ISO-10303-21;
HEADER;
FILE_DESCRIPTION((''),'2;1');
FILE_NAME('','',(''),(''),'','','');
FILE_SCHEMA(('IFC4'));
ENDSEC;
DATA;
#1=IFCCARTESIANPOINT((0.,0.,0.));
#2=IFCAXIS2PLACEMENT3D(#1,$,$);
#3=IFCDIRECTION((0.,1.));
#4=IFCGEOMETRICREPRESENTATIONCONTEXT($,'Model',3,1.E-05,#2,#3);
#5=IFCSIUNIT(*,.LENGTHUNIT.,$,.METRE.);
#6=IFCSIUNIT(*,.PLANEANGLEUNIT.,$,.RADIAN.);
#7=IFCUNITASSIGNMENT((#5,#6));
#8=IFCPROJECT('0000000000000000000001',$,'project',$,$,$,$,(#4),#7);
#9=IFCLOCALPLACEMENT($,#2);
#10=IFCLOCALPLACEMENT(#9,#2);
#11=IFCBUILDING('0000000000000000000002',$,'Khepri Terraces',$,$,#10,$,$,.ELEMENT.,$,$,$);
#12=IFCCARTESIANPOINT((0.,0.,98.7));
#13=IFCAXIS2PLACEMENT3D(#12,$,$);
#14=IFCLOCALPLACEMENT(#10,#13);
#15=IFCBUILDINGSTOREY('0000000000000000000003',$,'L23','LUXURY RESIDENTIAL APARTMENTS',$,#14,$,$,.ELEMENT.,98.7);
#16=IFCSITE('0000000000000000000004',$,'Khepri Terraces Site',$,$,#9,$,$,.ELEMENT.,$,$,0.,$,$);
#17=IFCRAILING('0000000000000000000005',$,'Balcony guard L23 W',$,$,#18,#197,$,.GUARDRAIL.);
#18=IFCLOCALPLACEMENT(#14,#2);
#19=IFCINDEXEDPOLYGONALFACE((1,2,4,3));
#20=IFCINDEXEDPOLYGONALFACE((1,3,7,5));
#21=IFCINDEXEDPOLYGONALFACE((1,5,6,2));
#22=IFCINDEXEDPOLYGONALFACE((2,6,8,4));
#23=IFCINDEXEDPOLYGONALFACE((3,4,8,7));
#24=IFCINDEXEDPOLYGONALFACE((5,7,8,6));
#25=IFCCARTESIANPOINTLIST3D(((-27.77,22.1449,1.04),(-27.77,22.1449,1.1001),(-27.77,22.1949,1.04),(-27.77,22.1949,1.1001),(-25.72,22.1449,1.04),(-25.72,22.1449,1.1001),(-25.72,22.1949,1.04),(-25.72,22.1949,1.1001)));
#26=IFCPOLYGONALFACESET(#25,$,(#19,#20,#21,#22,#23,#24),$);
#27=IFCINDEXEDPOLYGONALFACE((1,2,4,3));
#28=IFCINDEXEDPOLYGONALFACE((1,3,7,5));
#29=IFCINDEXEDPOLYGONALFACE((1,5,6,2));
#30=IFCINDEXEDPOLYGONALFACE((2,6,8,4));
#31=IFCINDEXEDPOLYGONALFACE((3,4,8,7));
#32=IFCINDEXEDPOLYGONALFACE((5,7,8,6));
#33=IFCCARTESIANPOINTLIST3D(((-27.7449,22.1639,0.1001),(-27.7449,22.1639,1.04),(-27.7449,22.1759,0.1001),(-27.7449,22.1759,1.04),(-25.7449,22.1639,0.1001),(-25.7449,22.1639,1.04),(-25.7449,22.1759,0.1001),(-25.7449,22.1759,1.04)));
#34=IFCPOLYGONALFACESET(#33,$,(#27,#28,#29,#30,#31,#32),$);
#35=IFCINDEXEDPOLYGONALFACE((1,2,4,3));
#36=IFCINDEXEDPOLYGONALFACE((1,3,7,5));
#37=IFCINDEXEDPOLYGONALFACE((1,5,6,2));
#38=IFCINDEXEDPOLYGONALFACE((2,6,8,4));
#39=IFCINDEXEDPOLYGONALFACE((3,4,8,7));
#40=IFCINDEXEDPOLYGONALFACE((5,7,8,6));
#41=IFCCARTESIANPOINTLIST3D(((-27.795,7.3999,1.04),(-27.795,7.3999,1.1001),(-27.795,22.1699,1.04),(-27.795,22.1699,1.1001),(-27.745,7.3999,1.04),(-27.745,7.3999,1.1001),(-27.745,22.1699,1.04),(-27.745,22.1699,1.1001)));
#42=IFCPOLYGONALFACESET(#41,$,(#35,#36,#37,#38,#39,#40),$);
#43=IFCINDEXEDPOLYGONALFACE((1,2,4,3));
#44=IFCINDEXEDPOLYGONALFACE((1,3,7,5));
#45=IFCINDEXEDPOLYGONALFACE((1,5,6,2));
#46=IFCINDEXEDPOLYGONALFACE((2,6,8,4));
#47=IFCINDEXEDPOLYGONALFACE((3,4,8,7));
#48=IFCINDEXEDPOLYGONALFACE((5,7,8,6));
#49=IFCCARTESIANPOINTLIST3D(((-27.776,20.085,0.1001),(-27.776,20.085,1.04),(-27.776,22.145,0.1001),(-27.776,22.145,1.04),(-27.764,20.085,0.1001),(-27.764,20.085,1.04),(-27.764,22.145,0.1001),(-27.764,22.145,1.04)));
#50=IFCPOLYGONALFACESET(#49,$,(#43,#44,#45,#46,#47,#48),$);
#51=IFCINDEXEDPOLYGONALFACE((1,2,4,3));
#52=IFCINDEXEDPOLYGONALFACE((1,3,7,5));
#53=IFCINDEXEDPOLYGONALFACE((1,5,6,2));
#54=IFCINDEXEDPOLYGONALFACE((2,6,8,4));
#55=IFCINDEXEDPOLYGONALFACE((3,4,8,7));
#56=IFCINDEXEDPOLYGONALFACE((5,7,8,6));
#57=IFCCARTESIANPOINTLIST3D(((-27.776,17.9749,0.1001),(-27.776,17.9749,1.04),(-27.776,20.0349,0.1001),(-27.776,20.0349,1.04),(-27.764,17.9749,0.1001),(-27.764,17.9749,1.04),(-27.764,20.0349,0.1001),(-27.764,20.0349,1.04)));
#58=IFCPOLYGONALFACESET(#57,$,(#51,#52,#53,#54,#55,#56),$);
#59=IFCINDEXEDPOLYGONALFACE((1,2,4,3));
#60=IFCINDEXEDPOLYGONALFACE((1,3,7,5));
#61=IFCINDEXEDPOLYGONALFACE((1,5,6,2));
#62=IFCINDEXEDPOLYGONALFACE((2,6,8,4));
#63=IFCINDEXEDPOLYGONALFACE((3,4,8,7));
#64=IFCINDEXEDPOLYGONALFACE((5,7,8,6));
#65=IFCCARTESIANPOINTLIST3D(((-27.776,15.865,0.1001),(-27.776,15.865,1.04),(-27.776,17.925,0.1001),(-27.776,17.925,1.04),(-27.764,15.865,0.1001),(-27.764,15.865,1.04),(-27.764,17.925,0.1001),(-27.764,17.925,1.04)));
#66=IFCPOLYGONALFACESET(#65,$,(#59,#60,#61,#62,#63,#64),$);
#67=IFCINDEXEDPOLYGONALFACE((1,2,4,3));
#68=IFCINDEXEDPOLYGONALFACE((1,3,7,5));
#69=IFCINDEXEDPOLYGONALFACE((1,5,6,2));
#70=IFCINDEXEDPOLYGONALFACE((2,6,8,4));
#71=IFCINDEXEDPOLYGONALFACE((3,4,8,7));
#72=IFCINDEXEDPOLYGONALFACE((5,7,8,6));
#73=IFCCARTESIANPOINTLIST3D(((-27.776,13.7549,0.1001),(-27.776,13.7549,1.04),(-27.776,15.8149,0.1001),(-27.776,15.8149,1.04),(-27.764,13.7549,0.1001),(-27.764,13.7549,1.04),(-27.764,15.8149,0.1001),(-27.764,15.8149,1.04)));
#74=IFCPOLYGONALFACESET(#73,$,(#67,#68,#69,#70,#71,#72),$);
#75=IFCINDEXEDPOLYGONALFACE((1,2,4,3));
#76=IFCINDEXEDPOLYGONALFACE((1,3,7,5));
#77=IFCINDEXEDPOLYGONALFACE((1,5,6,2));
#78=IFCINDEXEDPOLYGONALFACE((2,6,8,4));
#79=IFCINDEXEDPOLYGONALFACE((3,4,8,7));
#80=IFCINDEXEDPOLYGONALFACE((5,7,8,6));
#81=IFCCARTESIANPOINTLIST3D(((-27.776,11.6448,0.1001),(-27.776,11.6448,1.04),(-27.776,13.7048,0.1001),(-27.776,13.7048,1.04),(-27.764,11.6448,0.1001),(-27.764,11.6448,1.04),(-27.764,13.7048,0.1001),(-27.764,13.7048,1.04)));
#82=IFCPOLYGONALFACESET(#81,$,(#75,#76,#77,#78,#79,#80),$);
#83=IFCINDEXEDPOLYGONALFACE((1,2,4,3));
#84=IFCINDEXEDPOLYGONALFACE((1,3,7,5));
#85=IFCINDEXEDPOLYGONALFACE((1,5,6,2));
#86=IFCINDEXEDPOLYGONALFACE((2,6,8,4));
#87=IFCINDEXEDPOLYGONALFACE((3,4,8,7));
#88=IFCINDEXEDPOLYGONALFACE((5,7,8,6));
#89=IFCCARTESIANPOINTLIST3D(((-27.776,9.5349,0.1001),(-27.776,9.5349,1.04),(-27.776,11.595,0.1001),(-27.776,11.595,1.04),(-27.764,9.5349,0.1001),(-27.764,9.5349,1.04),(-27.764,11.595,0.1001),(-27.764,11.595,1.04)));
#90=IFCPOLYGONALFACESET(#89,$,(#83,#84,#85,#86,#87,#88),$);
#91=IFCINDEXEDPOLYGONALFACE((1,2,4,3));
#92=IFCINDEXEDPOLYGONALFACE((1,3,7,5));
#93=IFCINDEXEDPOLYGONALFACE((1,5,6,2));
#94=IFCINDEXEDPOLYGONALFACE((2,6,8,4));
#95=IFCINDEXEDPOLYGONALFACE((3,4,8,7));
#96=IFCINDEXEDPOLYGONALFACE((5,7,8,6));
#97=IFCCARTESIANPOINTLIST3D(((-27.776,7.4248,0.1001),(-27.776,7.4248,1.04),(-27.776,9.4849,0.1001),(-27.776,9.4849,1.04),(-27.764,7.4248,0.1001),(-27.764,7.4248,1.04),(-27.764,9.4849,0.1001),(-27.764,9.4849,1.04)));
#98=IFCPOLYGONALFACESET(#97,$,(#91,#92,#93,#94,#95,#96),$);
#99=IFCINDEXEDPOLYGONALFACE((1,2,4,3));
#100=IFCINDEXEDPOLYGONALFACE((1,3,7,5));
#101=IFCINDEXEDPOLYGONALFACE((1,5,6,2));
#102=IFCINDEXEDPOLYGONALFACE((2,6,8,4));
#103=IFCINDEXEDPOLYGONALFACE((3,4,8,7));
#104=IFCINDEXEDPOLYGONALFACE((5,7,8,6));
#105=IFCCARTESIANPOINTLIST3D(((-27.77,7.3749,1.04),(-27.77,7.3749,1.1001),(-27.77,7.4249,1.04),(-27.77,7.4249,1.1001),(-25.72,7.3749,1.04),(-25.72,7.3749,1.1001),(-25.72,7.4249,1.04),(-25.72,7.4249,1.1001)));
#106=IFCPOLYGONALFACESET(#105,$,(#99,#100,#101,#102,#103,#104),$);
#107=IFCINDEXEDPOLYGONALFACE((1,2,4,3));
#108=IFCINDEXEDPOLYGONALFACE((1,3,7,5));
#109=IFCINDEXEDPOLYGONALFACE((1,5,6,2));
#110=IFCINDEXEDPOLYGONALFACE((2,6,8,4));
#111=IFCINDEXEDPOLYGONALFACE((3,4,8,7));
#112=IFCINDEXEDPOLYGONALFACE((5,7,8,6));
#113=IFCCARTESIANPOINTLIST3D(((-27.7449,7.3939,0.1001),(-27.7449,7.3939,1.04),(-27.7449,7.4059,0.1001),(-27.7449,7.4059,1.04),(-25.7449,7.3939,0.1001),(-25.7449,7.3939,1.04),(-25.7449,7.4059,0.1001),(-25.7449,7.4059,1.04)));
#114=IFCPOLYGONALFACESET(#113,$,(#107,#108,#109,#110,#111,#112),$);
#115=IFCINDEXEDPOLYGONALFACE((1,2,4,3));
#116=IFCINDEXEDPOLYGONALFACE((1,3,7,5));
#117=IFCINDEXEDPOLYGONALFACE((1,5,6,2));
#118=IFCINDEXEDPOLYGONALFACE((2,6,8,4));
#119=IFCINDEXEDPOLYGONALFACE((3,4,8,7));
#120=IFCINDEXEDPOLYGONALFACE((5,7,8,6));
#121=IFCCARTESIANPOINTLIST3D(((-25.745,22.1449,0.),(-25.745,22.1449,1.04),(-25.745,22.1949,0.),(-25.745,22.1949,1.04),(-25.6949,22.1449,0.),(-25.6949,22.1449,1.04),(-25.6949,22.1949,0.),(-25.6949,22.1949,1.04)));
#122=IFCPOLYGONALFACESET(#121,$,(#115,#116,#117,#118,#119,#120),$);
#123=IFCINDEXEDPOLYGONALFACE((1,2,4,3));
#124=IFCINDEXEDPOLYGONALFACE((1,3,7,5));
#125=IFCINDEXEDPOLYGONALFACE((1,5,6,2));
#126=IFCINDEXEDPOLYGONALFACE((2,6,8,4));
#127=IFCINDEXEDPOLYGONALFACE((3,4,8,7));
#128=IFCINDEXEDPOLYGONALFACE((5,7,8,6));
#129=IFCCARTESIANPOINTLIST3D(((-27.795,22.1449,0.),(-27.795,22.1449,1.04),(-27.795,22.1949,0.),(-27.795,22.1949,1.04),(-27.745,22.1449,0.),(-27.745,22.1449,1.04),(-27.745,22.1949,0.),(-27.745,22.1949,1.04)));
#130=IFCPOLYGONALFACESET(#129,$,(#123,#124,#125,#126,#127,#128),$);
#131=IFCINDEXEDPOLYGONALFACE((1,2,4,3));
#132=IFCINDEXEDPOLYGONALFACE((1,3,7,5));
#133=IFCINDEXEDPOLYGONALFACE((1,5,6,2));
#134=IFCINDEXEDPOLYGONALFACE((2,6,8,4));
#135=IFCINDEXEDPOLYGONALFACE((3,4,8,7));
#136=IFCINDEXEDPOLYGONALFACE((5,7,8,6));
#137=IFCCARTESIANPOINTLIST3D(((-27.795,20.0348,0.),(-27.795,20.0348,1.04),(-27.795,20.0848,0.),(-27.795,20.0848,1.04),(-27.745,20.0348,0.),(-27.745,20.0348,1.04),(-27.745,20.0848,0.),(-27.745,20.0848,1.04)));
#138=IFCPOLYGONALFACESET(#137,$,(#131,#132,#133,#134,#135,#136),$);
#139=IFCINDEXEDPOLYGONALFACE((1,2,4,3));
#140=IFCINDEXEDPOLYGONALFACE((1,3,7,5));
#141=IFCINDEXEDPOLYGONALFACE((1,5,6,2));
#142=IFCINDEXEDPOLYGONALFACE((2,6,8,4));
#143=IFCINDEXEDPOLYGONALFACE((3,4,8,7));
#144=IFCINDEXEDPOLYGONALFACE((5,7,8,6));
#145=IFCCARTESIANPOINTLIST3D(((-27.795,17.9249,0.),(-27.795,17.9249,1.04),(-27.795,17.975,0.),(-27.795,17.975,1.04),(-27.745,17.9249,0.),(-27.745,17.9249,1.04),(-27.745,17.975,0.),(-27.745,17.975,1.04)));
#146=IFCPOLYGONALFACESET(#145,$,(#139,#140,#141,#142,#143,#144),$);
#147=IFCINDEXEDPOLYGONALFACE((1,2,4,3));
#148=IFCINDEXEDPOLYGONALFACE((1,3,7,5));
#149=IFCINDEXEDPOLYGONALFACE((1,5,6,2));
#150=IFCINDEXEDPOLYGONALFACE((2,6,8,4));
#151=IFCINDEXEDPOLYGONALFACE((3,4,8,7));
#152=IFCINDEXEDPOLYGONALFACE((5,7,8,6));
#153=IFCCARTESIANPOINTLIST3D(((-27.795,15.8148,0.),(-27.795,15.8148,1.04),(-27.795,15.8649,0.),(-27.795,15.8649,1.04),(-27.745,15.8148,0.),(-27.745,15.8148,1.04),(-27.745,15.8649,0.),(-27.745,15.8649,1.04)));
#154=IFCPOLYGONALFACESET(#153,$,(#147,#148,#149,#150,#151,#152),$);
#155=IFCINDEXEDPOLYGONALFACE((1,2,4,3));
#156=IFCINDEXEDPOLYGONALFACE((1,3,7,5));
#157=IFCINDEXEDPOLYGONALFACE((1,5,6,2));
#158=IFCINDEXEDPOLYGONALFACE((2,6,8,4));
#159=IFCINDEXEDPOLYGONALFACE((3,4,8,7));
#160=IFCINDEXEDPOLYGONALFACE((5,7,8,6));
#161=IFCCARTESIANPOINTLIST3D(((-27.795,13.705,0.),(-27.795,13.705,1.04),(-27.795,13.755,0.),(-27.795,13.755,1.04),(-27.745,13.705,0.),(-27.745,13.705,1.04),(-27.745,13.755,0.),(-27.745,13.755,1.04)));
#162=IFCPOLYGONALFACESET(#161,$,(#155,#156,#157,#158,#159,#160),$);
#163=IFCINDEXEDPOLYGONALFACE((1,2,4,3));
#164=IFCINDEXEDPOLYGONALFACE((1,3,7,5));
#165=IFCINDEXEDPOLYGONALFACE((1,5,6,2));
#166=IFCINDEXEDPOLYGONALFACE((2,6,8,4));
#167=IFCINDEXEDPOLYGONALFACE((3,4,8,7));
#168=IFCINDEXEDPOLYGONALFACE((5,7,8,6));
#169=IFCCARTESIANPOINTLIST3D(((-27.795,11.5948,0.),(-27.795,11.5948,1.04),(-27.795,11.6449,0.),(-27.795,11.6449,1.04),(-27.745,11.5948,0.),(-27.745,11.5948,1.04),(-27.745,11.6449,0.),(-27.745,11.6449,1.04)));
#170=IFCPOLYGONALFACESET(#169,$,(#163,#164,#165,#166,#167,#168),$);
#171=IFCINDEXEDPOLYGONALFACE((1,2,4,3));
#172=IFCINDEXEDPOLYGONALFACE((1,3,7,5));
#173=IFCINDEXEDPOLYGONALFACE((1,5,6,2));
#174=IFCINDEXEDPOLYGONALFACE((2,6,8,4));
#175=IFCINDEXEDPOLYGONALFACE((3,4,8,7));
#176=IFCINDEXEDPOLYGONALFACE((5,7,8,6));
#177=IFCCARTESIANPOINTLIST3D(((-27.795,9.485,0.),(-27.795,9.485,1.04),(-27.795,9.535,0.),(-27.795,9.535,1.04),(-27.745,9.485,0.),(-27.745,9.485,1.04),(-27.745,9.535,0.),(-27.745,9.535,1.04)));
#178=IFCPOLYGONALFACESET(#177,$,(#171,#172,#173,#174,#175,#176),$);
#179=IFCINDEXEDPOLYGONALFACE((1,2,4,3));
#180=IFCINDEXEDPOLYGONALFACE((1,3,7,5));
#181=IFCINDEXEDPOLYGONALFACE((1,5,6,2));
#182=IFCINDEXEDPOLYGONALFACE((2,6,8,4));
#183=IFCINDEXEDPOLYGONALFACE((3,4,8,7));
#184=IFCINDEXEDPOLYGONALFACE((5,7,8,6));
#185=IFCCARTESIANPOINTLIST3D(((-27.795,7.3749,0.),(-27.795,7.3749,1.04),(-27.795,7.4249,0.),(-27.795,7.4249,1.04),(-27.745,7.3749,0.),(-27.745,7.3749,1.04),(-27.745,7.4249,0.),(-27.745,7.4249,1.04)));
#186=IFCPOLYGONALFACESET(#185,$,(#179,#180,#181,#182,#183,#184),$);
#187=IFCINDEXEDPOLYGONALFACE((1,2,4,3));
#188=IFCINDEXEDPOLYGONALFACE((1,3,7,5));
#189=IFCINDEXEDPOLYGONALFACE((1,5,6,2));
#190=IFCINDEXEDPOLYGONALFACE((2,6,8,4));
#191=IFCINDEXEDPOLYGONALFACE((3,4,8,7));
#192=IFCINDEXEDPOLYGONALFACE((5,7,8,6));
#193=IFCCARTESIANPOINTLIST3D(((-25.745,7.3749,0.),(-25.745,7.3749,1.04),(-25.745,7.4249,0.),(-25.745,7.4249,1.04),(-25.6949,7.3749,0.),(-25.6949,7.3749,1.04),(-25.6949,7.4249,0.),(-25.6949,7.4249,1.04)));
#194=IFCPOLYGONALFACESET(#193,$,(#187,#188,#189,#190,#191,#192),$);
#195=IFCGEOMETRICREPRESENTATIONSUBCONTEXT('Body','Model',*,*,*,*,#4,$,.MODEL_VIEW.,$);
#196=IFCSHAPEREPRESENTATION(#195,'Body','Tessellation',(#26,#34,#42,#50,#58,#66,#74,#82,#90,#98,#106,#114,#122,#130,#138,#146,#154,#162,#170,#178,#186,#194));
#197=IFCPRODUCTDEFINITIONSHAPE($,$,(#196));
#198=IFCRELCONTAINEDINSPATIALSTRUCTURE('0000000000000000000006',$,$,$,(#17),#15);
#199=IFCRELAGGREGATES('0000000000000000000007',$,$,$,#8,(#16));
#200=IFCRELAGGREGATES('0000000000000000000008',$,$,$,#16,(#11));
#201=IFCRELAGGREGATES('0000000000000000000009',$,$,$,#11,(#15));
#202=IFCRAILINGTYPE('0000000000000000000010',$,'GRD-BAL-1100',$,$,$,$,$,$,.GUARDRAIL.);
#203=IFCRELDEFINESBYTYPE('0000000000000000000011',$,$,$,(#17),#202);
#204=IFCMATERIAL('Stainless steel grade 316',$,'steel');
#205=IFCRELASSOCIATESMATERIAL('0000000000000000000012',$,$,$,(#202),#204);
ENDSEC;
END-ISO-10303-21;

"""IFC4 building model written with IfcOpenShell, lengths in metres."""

from ifc_helpers import new_model, si_unit, direction, frame, origin, origin_2d, place, context, subcontext, project, spatial, rectangle, extrude, material, type_object, element, save


model = new_model("IFC4")

# Units and contexts
model_context = context("Model", 3, precision=1e-05, world=origin(), true_north=direction((0.0, 1.0)))
body_context = subcontext(model_context, "Body", "Model", "MODEL_VIEW")
ifc_project = project(units=[si_unit("LENGTHUNIT", "METRE"), si_unit("PLANEANGLEUNIT", "RADIAN")], contexts=[model_context])

# Site, building, storey
site_placement = place(None, origin())
site = spatial("IfcSite", under=ifc_project, at=site_placement, Name="Khepri Terraces Site", CompositionType="ELEMENT", RefElevation=0.0)
building_placement = place(site_placement, origin())
building = spatial("IfcBuilding", under=site, at=building_placement, Name="Khepri Terraces", CompositionType="ELEMENT")
storey_placement = place(building_placement, frame((0.0, 0.0, 98.7)))
storey = spatial("IfcBuildingStorey", under=building, at=storey_placement, Name="L23", Description="LUXURY RESIDENTIAL APARTMENTS", CompositionType="ELEMENT", Elevation=98.7)

# Railing
ifc_material_1 = material(Name="Stainless steel grade 316", Category="steel")
railing_type = type_object("IfcRailingType", Name="GRD-BAL-1100", PredefinedType="GUARDRAIL", material=ifc_material_1)
railing_placement = place(storey_placement, frame((-25.72, 22.1699, 0.0)))
element("IfcRailing", 1, at=railing_placement, inside=storey, type_object=railing_type, Name="Balcony guard L23 W", PredefinedType="GUARDRAIL", context=body_context, shape_type="SweptSolid", body=[
    extrude(rectangle(XDim=0.05, YDim=0.0601, at=origin_2d()), frame((0.0, 0.0, 1.0701), z_axis=(-1.0, 0.0, 0.0), x_axis=(0.0, -1.0, 0.0)), (0.0, 0.0, 1.0), 2.05),
    extrude(rectangle(XDim=2.0, YDim=0.012, at=origin_2d()), frame((-1.0249, 0.0, 0.1001), z_axis=(0.0, 0.0, 1.0), x_axis=(-1.0, 0.0, 0.0)), (0.0, 0.0, 1.0), 0.9399),
    extrude(rectangle(XDim=0.05, YDim=0.0601, at=origin_2d()), frame((-2.05, 0.0, 1.0701), z_axis=(0.0, -1.0, 0.0), x_axis=(1.0, 0.0, 0.0)), (0.0, 0.0, 1.0), 14.77),
    extrude(rectangle(XDim=2.0601, YDim=0.012, at=origin_2d()), frame((-2.05, -1.0549, 0.1001), z_axis=(0.0, 0.0, 1.0), x_axis=(0.0, -1.0, 0.0)), (0.0, 0.0, 1.0), 0.9399),
    extrude(rectangle(XDim=2.0601, YDim=0.012, at=origin_2d()), frame((-2.05, -3.165, 0.1001), z_axis=(0.0, 0.0, 1.0), x_axis=(0.0, -1.0, 0.0)), (0.0, 0.0, 1.0), 0.9399),
    extrude(rectangle(XDim=2.0601, YDim=0.012, at=origin_2d()), frame((-2.05, -5.2749, 0.1001), z_axis=(0.0, 0.0, 1.0), x_axis=(0.0, -1.0, 0.0)), (0.0, 0.0, 1.0), 0.9399),
    extrude(rectangle(XDim=2.0601, YDim=0.012, at=origin_2d()), frame((-2.05, -7.385, 0.1001), z_axis=(0.0, 0.0, 1.0), x_axis=(0.0, -1.0, 0.0)), (0.0, 0.0, 1.0), 0.9399),
    extrude(rectangle(XDim=2.0601, YDim=0.012, at=origin_2d()), frame((-2.05, -9.4951, 0.1001), z_axis=(0.0, 0.0, 1.0), x_axis=(0.0, -1.0, 0.0)), (0.0, 0.0, 1.0), 0.9399),
    extrude(rectangle(XDim=2.0601, YDim=0.012, at=origin_2d()), frame((-2.05, -11.605, 0.1001), z_axis=(0.0, 0.0, 1.0), x_axis=(0.0, -1.0, 0.0)), (0.0, 0.0, 1.0), 0.9399),
    extrude(rectangle(XDim=2.0601, YDim=0.012, at=origin_2d()), frame((-2.05, -13.7151, 0.1001), z_axis=(0.0, 0.0, 1.0), x_axis=(0.0, -1.0, 0.0)), (0.0, 0.0, 1.0), 0.9399),
    extrude(rectangle(XDim=0.05, YDim=0.0601, at=origin_2d()), frame((-2.05, -14.77, 1.0701), z_axis=(1.0, 0.0, 0.0), x_axis=(0.0, 1.0, 0.0)), (0.0, 0.0, 1.0), 2.05),
    extrude(rectangle(XDim=2.0, YDim=0.012, at=origin_2d()), frame((-1.0249, -14.77, 0.1001), z_axis=(0.0, 0.0, 1.0), x_axis=(1.0, 0.0, 0.0)), (0.0, 0.0, 1.0), 0.9399),
    extrude(rectangle(XDim=0.05, YDim=0.05, at=origin_2d()), origin(), (0.0, 0.0, 1.0), 1.04),
    extrude(rectangle(XDim=0.05, YDim=0.05, at=origin_2d()), frame((-2.05, 0.0, 0.0)), (0.0, 0.0, 1.0), 1.04),
    extrude(rectangle(XDim=0.05, YDim=0.05, at=origin_2d()), frame((-2.05, -2.1101, 0.0)), (0.0, 0.0, 1.0), 1.04),
    extrude(rectangle(XDim=0.05, YDim=0.05, at=origin_2d()), frame((-2.05, -4.22, 0.0)), (0.0, 0.0, 1.0), 1.04),
    extrude(rectangle(XDim=0.05, YDim=0.05, at=origin_2d()), frame((-2.05, -6.3301, 0.0)), (0.0, 0.0, 1.0), 1.04),
    extrude(rectangle(XDim=0.05, YDim=0.05, at=origin_2d()), frame((-2.05, -8.4399, 0.0)), (0.0, 0.0, 1.0), 1.04),
    extrude(rectangle(XDim=0.05, YDim=0.05, at=origin_2d()), frame((-2.05, -10.55, 0.0)), (0.0, 0.0, 1.0), 1.04),
    extrude(rectangle(XDim=0.05, YDim=0.05, at=origin_2d()), frame((-2.05, -12.6599, 0.0)), (0.0, 0.0, 1.0), 1.04),
    extrude(rectangle(XDim=0.05, YDim=0.05, at=origin_2d()), frame((-2.05, -14.77, 0.0)), (0.0, 0.0, 1.0), 1.04),
    extrude(rectangle(XDim=0.05, YDim=0.05, at=origin_2d()), frame((0.0, -14.77, 0.0)), (0.0, 0.0, 1.0), 1.04),
])

save(model, "model.ifc")
